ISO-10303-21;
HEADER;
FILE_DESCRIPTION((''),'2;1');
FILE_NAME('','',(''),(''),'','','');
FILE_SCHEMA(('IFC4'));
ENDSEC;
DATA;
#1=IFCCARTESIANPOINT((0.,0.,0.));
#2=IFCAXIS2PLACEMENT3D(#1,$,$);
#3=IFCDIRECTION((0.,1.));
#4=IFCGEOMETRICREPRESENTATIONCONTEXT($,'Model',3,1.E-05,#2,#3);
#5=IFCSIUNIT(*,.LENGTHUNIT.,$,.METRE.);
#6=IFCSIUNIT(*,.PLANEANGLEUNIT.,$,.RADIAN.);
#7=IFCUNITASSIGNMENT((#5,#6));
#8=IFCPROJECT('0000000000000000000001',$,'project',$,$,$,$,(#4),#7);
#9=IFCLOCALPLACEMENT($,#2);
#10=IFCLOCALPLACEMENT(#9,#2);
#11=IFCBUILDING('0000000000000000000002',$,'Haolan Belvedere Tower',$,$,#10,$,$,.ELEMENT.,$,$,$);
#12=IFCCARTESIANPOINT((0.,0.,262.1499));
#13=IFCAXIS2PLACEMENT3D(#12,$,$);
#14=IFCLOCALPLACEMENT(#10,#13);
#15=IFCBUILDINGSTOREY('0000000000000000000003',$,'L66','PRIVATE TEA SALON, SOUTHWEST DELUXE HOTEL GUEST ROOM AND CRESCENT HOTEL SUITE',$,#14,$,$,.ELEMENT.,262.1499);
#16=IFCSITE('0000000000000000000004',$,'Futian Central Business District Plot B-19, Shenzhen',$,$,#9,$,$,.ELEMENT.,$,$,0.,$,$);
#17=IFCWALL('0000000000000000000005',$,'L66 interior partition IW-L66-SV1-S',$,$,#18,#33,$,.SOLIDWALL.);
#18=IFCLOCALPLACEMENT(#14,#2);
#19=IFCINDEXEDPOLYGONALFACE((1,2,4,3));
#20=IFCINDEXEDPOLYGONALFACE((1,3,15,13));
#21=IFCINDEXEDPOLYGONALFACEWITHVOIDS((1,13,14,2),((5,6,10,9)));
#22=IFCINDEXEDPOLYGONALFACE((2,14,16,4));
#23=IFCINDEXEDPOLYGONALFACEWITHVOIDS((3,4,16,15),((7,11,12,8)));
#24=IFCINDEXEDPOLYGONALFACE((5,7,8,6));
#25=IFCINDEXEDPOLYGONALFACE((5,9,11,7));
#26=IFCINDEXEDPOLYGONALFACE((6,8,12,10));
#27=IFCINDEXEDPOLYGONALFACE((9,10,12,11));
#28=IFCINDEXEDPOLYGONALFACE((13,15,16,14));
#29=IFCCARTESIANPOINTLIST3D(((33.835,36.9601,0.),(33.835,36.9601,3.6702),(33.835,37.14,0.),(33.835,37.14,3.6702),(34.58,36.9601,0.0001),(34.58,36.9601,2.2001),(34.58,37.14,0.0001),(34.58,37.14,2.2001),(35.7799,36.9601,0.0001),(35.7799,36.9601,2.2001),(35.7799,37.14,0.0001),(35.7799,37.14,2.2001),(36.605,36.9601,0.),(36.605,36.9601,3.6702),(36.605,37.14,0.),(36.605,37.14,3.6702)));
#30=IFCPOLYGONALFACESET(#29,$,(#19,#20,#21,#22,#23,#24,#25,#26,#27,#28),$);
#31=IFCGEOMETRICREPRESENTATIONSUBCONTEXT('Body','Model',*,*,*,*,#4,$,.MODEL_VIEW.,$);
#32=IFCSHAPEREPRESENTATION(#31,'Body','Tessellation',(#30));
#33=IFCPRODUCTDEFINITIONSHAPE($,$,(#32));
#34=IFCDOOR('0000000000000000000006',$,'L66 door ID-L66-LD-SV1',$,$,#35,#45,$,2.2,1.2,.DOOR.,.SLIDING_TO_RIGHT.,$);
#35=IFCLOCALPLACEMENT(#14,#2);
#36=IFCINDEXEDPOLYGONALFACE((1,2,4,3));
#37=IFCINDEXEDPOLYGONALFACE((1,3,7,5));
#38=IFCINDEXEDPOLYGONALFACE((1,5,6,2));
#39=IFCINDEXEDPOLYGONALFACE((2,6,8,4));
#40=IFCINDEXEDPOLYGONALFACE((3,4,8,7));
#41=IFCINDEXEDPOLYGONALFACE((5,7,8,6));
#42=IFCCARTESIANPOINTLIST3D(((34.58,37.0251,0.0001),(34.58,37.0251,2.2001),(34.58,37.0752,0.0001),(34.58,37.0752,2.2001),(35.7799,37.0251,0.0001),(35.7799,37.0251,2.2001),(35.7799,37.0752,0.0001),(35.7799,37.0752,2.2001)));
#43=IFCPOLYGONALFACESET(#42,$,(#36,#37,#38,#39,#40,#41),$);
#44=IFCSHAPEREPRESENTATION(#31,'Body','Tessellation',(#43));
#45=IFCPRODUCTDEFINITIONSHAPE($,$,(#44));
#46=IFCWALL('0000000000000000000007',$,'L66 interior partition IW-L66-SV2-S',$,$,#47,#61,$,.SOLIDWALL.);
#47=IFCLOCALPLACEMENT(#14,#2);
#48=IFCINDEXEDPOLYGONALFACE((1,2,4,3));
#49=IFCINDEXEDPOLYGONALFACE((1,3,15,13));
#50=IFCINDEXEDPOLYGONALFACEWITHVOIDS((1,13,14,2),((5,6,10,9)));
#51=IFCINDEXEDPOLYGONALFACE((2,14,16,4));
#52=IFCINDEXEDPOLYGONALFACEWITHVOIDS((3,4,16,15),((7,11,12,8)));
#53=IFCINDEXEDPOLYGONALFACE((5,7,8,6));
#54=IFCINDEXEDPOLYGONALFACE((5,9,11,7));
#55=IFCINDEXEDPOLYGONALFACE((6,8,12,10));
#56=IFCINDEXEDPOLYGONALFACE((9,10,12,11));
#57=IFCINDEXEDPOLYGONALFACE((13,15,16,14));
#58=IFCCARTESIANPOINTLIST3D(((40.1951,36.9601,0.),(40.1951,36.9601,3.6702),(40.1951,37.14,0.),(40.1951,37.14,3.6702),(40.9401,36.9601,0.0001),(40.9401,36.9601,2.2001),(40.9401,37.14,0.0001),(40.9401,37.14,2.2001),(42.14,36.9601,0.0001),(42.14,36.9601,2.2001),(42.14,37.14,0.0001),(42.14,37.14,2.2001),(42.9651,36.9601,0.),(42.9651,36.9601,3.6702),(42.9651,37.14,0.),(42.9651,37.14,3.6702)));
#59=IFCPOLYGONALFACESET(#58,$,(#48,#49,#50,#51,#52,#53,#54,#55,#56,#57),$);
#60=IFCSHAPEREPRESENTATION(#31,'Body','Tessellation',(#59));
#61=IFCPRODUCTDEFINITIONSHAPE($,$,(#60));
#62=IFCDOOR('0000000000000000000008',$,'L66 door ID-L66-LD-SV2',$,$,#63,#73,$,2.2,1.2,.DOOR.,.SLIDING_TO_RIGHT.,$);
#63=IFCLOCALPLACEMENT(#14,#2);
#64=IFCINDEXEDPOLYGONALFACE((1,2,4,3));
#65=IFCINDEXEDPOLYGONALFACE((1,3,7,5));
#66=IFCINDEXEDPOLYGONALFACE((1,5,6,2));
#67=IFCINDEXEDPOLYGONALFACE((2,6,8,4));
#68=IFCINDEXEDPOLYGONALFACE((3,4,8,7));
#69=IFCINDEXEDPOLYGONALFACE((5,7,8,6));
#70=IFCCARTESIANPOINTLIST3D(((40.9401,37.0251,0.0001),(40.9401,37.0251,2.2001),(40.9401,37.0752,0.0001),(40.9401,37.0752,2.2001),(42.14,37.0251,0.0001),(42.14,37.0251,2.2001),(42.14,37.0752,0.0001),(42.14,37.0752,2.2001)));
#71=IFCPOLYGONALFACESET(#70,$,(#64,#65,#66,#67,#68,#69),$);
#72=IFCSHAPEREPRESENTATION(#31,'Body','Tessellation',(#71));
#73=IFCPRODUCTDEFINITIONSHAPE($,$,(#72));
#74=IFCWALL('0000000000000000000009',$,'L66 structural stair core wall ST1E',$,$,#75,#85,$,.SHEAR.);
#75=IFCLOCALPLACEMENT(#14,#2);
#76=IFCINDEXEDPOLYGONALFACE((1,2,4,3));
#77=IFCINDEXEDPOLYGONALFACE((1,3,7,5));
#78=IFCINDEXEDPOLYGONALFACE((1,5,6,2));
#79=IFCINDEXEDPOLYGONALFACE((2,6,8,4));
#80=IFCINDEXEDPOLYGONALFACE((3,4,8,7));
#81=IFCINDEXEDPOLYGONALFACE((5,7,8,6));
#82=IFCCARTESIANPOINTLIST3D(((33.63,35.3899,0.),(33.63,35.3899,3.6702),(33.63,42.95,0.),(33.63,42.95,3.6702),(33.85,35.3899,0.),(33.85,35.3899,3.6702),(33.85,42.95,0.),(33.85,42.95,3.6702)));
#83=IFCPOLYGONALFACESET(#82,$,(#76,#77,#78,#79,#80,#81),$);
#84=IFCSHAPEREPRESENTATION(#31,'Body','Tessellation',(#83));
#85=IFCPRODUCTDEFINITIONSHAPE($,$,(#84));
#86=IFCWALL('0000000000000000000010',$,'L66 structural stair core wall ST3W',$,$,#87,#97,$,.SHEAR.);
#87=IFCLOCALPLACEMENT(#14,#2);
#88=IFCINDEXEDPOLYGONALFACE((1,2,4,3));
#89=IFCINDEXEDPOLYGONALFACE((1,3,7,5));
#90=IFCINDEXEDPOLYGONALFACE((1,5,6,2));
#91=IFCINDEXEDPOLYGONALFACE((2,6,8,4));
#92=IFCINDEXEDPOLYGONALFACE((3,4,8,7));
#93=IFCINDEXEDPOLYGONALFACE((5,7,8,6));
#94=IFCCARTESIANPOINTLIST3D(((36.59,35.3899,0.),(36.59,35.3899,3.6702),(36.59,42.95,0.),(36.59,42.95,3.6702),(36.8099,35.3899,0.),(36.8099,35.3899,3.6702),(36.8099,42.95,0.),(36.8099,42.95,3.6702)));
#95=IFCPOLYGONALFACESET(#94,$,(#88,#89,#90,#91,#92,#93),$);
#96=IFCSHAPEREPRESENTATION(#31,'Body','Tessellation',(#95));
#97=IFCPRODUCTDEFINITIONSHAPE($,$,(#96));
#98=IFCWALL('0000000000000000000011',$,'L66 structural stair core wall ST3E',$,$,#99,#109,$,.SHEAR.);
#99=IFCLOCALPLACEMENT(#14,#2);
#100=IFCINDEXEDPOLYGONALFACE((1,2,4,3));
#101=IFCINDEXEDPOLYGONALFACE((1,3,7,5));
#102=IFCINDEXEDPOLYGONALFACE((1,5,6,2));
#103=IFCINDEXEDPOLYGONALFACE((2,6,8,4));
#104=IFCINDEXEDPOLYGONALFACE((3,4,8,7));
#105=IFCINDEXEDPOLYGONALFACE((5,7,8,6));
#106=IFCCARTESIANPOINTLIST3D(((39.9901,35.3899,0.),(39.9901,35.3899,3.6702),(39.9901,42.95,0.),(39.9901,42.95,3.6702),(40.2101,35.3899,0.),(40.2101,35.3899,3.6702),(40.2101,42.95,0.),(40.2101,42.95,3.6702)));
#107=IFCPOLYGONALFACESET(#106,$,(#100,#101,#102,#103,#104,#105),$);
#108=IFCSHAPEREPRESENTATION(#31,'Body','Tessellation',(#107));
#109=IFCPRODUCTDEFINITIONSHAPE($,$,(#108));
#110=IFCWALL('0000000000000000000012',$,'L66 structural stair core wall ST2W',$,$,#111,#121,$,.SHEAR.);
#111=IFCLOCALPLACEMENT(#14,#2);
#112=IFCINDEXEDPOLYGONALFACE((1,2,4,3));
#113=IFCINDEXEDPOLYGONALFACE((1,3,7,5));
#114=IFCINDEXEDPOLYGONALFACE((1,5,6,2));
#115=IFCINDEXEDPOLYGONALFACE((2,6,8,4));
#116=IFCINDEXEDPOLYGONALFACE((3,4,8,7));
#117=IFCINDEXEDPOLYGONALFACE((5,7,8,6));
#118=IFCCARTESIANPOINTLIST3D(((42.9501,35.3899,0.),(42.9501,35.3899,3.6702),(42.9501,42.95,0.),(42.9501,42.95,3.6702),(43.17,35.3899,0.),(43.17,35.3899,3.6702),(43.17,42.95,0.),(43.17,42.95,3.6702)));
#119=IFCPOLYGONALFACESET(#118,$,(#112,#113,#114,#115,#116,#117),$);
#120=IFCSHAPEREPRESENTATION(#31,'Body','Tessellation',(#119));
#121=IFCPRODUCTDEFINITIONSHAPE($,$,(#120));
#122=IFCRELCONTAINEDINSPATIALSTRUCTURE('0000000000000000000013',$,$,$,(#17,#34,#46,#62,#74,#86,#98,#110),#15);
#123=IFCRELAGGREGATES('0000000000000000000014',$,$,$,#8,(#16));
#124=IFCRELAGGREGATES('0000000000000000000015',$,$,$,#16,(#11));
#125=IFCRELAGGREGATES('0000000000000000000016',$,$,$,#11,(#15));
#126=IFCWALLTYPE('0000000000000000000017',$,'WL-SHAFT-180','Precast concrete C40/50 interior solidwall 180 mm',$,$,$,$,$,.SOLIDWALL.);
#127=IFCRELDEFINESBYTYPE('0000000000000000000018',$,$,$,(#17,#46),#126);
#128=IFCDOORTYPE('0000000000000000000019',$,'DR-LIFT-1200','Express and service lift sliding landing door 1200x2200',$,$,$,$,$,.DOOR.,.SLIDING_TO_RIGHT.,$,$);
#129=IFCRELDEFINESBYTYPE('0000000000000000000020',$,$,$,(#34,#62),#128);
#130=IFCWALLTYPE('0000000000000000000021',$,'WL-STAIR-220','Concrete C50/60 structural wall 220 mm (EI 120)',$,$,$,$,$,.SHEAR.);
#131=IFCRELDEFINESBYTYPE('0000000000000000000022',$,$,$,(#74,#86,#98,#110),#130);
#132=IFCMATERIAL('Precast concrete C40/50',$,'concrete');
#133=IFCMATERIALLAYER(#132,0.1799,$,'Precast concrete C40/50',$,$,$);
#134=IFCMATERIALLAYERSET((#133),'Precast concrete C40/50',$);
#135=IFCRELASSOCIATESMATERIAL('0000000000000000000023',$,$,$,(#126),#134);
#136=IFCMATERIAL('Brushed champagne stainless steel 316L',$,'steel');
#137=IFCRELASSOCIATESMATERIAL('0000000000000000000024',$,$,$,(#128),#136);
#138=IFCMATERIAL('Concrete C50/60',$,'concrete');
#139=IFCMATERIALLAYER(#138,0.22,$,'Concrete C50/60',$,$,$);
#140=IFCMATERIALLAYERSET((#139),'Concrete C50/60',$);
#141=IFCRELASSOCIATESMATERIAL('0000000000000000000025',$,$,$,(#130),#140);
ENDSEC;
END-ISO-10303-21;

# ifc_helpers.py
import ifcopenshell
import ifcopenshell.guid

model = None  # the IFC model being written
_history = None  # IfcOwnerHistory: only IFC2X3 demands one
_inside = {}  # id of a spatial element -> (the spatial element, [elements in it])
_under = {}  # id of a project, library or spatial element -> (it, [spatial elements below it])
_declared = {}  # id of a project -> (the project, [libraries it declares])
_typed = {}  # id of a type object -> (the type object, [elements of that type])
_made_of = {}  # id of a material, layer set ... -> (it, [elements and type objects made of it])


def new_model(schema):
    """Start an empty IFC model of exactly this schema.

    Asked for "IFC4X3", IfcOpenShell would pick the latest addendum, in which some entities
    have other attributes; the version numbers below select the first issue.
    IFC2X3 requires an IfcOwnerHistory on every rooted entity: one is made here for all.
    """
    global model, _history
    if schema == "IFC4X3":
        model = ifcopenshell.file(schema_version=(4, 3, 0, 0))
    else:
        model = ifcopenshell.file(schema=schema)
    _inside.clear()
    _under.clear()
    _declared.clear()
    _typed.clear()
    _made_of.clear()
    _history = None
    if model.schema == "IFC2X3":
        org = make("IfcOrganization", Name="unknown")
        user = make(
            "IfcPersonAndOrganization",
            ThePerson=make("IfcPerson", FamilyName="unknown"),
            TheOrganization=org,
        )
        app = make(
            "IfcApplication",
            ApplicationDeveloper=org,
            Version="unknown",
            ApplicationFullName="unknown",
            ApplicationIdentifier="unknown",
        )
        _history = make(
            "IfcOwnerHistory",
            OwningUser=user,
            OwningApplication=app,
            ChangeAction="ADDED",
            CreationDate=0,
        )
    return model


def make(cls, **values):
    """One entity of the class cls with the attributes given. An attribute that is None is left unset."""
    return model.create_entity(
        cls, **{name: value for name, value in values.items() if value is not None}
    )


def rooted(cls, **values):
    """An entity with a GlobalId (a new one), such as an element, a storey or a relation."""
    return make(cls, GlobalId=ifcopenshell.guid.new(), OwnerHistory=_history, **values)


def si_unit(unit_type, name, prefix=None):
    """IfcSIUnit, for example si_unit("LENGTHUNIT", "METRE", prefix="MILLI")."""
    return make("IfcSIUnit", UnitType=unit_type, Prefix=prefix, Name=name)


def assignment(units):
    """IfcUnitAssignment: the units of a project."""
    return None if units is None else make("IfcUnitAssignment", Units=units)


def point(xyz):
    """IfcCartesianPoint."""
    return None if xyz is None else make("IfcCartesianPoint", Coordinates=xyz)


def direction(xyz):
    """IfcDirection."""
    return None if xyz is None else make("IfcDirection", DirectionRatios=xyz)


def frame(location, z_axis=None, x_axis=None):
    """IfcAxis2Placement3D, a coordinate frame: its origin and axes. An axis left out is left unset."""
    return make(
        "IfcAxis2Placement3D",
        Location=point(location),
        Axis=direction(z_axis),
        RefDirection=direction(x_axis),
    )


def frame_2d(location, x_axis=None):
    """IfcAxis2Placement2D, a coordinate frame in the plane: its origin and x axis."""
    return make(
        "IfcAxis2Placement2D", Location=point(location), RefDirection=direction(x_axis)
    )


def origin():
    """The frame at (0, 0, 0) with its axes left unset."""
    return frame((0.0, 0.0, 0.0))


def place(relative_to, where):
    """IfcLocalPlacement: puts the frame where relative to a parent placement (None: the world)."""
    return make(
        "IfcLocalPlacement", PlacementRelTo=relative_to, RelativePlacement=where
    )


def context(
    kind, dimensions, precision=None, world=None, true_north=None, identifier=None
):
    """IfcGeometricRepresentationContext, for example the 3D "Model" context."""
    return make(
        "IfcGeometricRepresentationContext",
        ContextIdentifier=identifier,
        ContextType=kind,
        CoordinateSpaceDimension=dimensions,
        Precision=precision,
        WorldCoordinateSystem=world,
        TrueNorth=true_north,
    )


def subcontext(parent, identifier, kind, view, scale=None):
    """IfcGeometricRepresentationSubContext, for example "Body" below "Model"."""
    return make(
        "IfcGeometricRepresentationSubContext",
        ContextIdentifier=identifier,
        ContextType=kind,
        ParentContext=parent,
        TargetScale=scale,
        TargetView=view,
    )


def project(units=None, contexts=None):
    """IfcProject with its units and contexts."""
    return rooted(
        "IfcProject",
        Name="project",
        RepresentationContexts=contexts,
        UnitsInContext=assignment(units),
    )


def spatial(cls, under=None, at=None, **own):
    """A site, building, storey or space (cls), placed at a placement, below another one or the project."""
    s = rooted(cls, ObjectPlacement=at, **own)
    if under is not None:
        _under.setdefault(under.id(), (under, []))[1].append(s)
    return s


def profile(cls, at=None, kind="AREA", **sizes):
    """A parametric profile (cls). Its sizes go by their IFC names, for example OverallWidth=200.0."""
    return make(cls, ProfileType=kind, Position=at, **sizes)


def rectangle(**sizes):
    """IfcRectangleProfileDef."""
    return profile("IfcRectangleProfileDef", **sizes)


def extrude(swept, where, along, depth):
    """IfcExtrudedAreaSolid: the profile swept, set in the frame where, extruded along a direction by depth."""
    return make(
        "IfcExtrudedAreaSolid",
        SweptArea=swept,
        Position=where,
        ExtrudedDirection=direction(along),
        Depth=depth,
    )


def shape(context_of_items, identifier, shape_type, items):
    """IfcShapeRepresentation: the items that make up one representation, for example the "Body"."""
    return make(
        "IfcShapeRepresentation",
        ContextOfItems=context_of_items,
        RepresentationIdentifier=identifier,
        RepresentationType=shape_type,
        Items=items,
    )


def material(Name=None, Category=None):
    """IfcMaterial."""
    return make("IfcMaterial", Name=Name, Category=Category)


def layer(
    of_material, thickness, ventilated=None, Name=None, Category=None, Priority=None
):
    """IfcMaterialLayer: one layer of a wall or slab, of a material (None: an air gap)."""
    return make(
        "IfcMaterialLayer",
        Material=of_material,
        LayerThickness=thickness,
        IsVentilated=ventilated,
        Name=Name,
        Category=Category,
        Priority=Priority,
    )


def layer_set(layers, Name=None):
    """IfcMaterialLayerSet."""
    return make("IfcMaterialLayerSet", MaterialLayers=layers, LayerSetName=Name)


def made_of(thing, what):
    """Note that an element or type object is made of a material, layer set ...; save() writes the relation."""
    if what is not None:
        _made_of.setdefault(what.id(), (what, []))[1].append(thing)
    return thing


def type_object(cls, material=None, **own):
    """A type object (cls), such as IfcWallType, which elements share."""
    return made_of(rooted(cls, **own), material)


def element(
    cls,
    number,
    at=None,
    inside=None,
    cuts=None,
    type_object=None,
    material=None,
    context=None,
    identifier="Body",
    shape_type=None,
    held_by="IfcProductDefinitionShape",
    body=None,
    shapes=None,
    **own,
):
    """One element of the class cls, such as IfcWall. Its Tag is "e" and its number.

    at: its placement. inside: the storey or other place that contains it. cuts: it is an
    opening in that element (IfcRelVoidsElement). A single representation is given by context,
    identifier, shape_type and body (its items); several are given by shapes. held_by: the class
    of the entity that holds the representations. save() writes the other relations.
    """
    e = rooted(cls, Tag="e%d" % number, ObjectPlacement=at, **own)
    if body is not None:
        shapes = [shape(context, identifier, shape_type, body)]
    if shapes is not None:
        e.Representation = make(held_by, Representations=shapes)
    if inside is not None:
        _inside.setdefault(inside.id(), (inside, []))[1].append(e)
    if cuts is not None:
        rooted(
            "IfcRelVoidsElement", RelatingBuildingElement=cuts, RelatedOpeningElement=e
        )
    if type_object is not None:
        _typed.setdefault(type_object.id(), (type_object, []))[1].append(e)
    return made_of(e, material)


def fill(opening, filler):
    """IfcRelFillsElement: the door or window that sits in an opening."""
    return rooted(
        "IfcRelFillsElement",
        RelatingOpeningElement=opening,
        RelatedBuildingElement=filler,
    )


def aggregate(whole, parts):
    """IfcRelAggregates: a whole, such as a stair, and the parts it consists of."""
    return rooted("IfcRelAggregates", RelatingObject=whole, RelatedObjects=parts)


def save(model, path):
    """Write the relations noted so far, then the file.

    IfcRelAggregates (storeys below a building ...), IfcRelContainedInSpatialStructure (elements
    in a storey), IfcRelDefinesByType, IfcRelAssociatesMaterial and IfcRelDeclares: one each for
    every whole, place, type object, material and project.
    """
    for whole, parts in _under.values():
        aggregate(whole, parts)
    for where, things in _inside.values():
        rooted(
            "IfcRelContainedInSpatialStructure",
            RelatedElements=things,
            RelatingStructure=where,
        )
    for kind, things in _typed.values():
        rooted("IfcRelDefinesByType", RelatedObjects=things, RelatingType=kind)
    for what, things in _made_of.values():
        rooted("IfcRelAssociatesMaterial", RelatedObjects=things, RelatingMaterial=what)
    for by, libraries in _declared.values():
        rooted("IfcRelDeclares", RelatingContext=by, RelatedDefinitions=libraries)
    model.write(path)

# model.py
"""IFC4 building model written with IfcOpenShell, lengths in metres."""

from ifc_helpers import new_model, si_unit, direction, frame, frame_2d, origin, place, context, subcontext, project, spatial, rectangle, extrude, material, layer, layer_set, type_object, element, fill, save


model = new_model("IFC4")

# Units and contexts
model_context = context("Model", 3, precision=1e-05, world=origin(), true_north=direction((0.0, 1.0)))
body_context = subcontext(model_context, "Body", "Model", "MODEL_VIEW")
ifc_project = project(units=[si_unit("LENGTHUNIT", "METRE"), si_unit("PLANEANGLEUNIT", "RADIAN")], contexts=[model_context])

# Site, building, storey
site_placement = place(None, origin())
site = spatial("IfcSite", under=ifc_project, at=site_placement, Name="Futian Central Business District Plot B-19, Shenzhen", CompositionType="ELEMENT", RefElevation=0.0)
building_placement = place(site_placement, origin())
building = spatial("IfcBuilding", under=site, at=building_placement, Name="Haolan Belvedere Tower", CompositionType="ELEMENT")
storey_placement = place(building_placement, frame((0.0, 0.0, 262.1499)))
storey = spatial("IfcBuildingStorey", under=building, at=storey_placement, Name="L66", Description="PRIVATE TEA SALON, SOUTHWEST DELUXE HOTEL GUEST ROOM AND CRESCENT HOTEL SUITE", CompositionType="ELEMENT", Elevation=262.1499)

# Shared definitions
ifc_material_1 = material(Name="Brushed champagne stainless steel 316L", Category="steel")

# Walls, openings, doors
ifc_material_2 = material(Name="Precast concrete C40/50", Category="concrete")
ifc_layer_1 = layer(ifc_material_2, 0.1799, Name="Precast concrete C40/50")
ifc_layer_set_1 = layer_set([ifc_layer_1], Name="Precast concrete C40/50")
wall_type_1 = type_object("IfcWallType", Name="WL-SHAFT-180", Description="Precast concrete C40/50 interior solidwall 180 mm", PredefinedType="SOLIDWALL", material=ifc_layer_set_1)
wall_1_placement = place(storey_placement, frame((33.835, 37.05, 0.0), z_axis=(0.0, 0.0, 1.0), x_axis=(1.0, 0.0, 0.0)))
wall_1 = element("IfcWall", 1, at=wall_1_placement, inside=storey, type_object=wall_type_1, Name="L66 interior partition IW-L66-SV1-S", PredefinedType="SOLIDWALL", context=body_context, shape_type="SweptSolid", body=[
    extrude(rectangle(XDim=2.77, YDim=0.1799, at=frame_2d((1.385, 0.0))), origin(), (0.0, 0.0, 1.0), 3.6702),
])
opening_1_placement = place(wall_1_placement, frame((1.9451, 0.0, 0.0), z_axis=(0.0, 0.0, 1.0), x_axis=(-1.0, 0.0, 0.0)))
opening_1 = element("IfcOpeningElement", 2, at=opening_1_placement, cuts=wall_1, PredefinedType="OPENING", context=body_context, shape_type="SweptSolid", body=[
    extrude(rectangle(XDim=1.2, YDim=2.2, at=frame_2d((0.6001, 1.1001))), frame((0.0, 0.0999, 0.0), z_axis=(0.0, -1.0, 0.0), x_axis=(1.0, 0.0, 0.0)), (0.0, 0.0, 1.0), 0.2),
])
door_type_1 = type_object("IfcDoorType", Name="DR-LIFT-1200", Description="Express and service lift sliding landing door 1200x2200", OperationType="SLIDING_TO_RIGHT", PredefinedType="DOOR", material=ifc_material_1)
door_1_placement = place(opening_1_placement, origin())
door_1 = element("IfcDoor", 3, at=door_1_placement, inside=storey, type_object=door_type_1, Name="L66 door ID-L66-LD-SV1", OperationType="SLIDING_TO_RIGHT", OverallHeight=2.2, OverallWidth=1.2, PredefinedType="DOOR", context=body_context, shape_type="SweptSolid", body=[
    extrude(rectangle(XDim=1.2, YDim=2.2, at=frame_2d((0.6001, 1.1001))), frame((0.0, 0.0249, 0.0), z_axis=(0.0, -1.0, 0.0), x_axis=(1.0, 0.0, 0.0)), (0.0, 0.0, 1.0), 0.05),
])
fill(opening_1, door_1)
wall_2_placement = place(storey_placement, frame((40.1951, 37.05, 0.0), z_axis=(0.0, 0.0, 1.0), x_axis=(1.0, 0.0, 0.0)))
wall_2 = element("IfcWall", 4, at=wall_2_placement, inside=storey, type_object=wall_type_1, Name="L66 interior partition IW-L66-SV2-S", PredefinedType="SOLIDWALL", context=body_context, shape_type="SweptSolid", body=[
    extrude(rectangle(XDim=2.77, YDim=0.1799, at=frame_2d((1.385, 0.0))), origin(), (0.0, 0.0, 1.0), 3.6702),
])
opening_2_placement = place(wall_2_placement, frame((1.9451, 0.0, 0.0), z_axis=(0.0, 0.0, 1.0), x_axis=(-1.0, 0.0, 0.0)))
opening_2 = element("IfcOpeningElement", 5, at=opening_2_placement, cuts=wall_2, PredefinedType="OPENING", context=body_context, shape_type="SweptSolid", body=[
    extrude(rectangle(XDim=1.2, YDim=2.2, at=frame_2d((0.6001, 1.1001))), frame((0.0, 0.0999, 0.0), z_axis=(0.0, -1.0, 0.0), x_axis=(1.0, 0.0, 0.0)), (0.0, 0.0, 1.0), 0.2),
])
door_2_placement = place(opening_2_placement, origin())
door_2 = element("IfcDoor", 6, at=door_2_placement, inside=storey, type_object=door_type_1, Name="L66 door ID-L66-LD-SV2", OperationType="SLIDING_TO_RIGHT", OverallHeight=2.2, OverallWidth=1.2, PredefinedType="DOOR", context=body_context, shape_type="SweptSolid", body=[
    extrude(rectangle(XDim=1.2, YDim=2.2, at=frame_2d((0.6001, 1.1001))), frame((0.0, 0.0249, 0.0), z_axis=(0.0, -1.0, 0.0), x_axis=(1.0, 0.0, 0.0)), (0.0, 0.0, 1.0), 0.05),
])
fill(opening_2, door_2)

# Walls
ifc_material_3 = material(Name="Concrete C50/60", Category="concrete")
ifc_layer_2 = layer(ifc_material_3, 0.22, Name="Concrete C50/60")
ifc_layer_set_2 = layer_set([ifc_layer_2], Name="Concrete C50/60")
wall_type_2 = type_object("IfcWallType", Name="WL-STAIR-220", Description="Concrete C50/60 structural wall 220 mm (EI 120)", PredefinedType="SHEAR", material=ifc_layer_set_2)
for number, where, z_axis, x_axis, name in (
    (7, (33.74, 35.3899, 0.0), (0.0, 0.0, 1.0), (0.0, 1.0, 0.0), "L66 structural stair core wall ST1E"),
    (8, (36.7, 35.3899, 0.0), (0.0, 0.0, 1.0), (0.0, 1.0, 0.0), "L66 structural stair core wall ST3W"),
    (9, (40.1001, 35.3899, 0.0), (0.0, 0.0, 1.0), (0.0, 1.0, 0.0), "L66 structural stair core wall ST3E"),
    (10, (43.0601, 35.3899, 0.0), (0.0, 0.0, 1.0), (0.0, 1.0, 0.0), "L66 structural stair core wall ST2W"),
):
    element("IfcWall", number, at=place(storey_placement, frame(where, z_axis=z_axis, x_axis=x_axis)), inside=storey, type_object=wall_type_2, Name=name, PredefinedType="SHEAR", context=body_context, shape_type="SweptSolid", body=[
        extrude(rectangle(XDim=7.5601, YDim=0.22, at=frame_2d((3.78, 0.0))), origin(), (0.0, 0.0, 1.0), 3.6702),
    ])

save(model, "model.ifc")
